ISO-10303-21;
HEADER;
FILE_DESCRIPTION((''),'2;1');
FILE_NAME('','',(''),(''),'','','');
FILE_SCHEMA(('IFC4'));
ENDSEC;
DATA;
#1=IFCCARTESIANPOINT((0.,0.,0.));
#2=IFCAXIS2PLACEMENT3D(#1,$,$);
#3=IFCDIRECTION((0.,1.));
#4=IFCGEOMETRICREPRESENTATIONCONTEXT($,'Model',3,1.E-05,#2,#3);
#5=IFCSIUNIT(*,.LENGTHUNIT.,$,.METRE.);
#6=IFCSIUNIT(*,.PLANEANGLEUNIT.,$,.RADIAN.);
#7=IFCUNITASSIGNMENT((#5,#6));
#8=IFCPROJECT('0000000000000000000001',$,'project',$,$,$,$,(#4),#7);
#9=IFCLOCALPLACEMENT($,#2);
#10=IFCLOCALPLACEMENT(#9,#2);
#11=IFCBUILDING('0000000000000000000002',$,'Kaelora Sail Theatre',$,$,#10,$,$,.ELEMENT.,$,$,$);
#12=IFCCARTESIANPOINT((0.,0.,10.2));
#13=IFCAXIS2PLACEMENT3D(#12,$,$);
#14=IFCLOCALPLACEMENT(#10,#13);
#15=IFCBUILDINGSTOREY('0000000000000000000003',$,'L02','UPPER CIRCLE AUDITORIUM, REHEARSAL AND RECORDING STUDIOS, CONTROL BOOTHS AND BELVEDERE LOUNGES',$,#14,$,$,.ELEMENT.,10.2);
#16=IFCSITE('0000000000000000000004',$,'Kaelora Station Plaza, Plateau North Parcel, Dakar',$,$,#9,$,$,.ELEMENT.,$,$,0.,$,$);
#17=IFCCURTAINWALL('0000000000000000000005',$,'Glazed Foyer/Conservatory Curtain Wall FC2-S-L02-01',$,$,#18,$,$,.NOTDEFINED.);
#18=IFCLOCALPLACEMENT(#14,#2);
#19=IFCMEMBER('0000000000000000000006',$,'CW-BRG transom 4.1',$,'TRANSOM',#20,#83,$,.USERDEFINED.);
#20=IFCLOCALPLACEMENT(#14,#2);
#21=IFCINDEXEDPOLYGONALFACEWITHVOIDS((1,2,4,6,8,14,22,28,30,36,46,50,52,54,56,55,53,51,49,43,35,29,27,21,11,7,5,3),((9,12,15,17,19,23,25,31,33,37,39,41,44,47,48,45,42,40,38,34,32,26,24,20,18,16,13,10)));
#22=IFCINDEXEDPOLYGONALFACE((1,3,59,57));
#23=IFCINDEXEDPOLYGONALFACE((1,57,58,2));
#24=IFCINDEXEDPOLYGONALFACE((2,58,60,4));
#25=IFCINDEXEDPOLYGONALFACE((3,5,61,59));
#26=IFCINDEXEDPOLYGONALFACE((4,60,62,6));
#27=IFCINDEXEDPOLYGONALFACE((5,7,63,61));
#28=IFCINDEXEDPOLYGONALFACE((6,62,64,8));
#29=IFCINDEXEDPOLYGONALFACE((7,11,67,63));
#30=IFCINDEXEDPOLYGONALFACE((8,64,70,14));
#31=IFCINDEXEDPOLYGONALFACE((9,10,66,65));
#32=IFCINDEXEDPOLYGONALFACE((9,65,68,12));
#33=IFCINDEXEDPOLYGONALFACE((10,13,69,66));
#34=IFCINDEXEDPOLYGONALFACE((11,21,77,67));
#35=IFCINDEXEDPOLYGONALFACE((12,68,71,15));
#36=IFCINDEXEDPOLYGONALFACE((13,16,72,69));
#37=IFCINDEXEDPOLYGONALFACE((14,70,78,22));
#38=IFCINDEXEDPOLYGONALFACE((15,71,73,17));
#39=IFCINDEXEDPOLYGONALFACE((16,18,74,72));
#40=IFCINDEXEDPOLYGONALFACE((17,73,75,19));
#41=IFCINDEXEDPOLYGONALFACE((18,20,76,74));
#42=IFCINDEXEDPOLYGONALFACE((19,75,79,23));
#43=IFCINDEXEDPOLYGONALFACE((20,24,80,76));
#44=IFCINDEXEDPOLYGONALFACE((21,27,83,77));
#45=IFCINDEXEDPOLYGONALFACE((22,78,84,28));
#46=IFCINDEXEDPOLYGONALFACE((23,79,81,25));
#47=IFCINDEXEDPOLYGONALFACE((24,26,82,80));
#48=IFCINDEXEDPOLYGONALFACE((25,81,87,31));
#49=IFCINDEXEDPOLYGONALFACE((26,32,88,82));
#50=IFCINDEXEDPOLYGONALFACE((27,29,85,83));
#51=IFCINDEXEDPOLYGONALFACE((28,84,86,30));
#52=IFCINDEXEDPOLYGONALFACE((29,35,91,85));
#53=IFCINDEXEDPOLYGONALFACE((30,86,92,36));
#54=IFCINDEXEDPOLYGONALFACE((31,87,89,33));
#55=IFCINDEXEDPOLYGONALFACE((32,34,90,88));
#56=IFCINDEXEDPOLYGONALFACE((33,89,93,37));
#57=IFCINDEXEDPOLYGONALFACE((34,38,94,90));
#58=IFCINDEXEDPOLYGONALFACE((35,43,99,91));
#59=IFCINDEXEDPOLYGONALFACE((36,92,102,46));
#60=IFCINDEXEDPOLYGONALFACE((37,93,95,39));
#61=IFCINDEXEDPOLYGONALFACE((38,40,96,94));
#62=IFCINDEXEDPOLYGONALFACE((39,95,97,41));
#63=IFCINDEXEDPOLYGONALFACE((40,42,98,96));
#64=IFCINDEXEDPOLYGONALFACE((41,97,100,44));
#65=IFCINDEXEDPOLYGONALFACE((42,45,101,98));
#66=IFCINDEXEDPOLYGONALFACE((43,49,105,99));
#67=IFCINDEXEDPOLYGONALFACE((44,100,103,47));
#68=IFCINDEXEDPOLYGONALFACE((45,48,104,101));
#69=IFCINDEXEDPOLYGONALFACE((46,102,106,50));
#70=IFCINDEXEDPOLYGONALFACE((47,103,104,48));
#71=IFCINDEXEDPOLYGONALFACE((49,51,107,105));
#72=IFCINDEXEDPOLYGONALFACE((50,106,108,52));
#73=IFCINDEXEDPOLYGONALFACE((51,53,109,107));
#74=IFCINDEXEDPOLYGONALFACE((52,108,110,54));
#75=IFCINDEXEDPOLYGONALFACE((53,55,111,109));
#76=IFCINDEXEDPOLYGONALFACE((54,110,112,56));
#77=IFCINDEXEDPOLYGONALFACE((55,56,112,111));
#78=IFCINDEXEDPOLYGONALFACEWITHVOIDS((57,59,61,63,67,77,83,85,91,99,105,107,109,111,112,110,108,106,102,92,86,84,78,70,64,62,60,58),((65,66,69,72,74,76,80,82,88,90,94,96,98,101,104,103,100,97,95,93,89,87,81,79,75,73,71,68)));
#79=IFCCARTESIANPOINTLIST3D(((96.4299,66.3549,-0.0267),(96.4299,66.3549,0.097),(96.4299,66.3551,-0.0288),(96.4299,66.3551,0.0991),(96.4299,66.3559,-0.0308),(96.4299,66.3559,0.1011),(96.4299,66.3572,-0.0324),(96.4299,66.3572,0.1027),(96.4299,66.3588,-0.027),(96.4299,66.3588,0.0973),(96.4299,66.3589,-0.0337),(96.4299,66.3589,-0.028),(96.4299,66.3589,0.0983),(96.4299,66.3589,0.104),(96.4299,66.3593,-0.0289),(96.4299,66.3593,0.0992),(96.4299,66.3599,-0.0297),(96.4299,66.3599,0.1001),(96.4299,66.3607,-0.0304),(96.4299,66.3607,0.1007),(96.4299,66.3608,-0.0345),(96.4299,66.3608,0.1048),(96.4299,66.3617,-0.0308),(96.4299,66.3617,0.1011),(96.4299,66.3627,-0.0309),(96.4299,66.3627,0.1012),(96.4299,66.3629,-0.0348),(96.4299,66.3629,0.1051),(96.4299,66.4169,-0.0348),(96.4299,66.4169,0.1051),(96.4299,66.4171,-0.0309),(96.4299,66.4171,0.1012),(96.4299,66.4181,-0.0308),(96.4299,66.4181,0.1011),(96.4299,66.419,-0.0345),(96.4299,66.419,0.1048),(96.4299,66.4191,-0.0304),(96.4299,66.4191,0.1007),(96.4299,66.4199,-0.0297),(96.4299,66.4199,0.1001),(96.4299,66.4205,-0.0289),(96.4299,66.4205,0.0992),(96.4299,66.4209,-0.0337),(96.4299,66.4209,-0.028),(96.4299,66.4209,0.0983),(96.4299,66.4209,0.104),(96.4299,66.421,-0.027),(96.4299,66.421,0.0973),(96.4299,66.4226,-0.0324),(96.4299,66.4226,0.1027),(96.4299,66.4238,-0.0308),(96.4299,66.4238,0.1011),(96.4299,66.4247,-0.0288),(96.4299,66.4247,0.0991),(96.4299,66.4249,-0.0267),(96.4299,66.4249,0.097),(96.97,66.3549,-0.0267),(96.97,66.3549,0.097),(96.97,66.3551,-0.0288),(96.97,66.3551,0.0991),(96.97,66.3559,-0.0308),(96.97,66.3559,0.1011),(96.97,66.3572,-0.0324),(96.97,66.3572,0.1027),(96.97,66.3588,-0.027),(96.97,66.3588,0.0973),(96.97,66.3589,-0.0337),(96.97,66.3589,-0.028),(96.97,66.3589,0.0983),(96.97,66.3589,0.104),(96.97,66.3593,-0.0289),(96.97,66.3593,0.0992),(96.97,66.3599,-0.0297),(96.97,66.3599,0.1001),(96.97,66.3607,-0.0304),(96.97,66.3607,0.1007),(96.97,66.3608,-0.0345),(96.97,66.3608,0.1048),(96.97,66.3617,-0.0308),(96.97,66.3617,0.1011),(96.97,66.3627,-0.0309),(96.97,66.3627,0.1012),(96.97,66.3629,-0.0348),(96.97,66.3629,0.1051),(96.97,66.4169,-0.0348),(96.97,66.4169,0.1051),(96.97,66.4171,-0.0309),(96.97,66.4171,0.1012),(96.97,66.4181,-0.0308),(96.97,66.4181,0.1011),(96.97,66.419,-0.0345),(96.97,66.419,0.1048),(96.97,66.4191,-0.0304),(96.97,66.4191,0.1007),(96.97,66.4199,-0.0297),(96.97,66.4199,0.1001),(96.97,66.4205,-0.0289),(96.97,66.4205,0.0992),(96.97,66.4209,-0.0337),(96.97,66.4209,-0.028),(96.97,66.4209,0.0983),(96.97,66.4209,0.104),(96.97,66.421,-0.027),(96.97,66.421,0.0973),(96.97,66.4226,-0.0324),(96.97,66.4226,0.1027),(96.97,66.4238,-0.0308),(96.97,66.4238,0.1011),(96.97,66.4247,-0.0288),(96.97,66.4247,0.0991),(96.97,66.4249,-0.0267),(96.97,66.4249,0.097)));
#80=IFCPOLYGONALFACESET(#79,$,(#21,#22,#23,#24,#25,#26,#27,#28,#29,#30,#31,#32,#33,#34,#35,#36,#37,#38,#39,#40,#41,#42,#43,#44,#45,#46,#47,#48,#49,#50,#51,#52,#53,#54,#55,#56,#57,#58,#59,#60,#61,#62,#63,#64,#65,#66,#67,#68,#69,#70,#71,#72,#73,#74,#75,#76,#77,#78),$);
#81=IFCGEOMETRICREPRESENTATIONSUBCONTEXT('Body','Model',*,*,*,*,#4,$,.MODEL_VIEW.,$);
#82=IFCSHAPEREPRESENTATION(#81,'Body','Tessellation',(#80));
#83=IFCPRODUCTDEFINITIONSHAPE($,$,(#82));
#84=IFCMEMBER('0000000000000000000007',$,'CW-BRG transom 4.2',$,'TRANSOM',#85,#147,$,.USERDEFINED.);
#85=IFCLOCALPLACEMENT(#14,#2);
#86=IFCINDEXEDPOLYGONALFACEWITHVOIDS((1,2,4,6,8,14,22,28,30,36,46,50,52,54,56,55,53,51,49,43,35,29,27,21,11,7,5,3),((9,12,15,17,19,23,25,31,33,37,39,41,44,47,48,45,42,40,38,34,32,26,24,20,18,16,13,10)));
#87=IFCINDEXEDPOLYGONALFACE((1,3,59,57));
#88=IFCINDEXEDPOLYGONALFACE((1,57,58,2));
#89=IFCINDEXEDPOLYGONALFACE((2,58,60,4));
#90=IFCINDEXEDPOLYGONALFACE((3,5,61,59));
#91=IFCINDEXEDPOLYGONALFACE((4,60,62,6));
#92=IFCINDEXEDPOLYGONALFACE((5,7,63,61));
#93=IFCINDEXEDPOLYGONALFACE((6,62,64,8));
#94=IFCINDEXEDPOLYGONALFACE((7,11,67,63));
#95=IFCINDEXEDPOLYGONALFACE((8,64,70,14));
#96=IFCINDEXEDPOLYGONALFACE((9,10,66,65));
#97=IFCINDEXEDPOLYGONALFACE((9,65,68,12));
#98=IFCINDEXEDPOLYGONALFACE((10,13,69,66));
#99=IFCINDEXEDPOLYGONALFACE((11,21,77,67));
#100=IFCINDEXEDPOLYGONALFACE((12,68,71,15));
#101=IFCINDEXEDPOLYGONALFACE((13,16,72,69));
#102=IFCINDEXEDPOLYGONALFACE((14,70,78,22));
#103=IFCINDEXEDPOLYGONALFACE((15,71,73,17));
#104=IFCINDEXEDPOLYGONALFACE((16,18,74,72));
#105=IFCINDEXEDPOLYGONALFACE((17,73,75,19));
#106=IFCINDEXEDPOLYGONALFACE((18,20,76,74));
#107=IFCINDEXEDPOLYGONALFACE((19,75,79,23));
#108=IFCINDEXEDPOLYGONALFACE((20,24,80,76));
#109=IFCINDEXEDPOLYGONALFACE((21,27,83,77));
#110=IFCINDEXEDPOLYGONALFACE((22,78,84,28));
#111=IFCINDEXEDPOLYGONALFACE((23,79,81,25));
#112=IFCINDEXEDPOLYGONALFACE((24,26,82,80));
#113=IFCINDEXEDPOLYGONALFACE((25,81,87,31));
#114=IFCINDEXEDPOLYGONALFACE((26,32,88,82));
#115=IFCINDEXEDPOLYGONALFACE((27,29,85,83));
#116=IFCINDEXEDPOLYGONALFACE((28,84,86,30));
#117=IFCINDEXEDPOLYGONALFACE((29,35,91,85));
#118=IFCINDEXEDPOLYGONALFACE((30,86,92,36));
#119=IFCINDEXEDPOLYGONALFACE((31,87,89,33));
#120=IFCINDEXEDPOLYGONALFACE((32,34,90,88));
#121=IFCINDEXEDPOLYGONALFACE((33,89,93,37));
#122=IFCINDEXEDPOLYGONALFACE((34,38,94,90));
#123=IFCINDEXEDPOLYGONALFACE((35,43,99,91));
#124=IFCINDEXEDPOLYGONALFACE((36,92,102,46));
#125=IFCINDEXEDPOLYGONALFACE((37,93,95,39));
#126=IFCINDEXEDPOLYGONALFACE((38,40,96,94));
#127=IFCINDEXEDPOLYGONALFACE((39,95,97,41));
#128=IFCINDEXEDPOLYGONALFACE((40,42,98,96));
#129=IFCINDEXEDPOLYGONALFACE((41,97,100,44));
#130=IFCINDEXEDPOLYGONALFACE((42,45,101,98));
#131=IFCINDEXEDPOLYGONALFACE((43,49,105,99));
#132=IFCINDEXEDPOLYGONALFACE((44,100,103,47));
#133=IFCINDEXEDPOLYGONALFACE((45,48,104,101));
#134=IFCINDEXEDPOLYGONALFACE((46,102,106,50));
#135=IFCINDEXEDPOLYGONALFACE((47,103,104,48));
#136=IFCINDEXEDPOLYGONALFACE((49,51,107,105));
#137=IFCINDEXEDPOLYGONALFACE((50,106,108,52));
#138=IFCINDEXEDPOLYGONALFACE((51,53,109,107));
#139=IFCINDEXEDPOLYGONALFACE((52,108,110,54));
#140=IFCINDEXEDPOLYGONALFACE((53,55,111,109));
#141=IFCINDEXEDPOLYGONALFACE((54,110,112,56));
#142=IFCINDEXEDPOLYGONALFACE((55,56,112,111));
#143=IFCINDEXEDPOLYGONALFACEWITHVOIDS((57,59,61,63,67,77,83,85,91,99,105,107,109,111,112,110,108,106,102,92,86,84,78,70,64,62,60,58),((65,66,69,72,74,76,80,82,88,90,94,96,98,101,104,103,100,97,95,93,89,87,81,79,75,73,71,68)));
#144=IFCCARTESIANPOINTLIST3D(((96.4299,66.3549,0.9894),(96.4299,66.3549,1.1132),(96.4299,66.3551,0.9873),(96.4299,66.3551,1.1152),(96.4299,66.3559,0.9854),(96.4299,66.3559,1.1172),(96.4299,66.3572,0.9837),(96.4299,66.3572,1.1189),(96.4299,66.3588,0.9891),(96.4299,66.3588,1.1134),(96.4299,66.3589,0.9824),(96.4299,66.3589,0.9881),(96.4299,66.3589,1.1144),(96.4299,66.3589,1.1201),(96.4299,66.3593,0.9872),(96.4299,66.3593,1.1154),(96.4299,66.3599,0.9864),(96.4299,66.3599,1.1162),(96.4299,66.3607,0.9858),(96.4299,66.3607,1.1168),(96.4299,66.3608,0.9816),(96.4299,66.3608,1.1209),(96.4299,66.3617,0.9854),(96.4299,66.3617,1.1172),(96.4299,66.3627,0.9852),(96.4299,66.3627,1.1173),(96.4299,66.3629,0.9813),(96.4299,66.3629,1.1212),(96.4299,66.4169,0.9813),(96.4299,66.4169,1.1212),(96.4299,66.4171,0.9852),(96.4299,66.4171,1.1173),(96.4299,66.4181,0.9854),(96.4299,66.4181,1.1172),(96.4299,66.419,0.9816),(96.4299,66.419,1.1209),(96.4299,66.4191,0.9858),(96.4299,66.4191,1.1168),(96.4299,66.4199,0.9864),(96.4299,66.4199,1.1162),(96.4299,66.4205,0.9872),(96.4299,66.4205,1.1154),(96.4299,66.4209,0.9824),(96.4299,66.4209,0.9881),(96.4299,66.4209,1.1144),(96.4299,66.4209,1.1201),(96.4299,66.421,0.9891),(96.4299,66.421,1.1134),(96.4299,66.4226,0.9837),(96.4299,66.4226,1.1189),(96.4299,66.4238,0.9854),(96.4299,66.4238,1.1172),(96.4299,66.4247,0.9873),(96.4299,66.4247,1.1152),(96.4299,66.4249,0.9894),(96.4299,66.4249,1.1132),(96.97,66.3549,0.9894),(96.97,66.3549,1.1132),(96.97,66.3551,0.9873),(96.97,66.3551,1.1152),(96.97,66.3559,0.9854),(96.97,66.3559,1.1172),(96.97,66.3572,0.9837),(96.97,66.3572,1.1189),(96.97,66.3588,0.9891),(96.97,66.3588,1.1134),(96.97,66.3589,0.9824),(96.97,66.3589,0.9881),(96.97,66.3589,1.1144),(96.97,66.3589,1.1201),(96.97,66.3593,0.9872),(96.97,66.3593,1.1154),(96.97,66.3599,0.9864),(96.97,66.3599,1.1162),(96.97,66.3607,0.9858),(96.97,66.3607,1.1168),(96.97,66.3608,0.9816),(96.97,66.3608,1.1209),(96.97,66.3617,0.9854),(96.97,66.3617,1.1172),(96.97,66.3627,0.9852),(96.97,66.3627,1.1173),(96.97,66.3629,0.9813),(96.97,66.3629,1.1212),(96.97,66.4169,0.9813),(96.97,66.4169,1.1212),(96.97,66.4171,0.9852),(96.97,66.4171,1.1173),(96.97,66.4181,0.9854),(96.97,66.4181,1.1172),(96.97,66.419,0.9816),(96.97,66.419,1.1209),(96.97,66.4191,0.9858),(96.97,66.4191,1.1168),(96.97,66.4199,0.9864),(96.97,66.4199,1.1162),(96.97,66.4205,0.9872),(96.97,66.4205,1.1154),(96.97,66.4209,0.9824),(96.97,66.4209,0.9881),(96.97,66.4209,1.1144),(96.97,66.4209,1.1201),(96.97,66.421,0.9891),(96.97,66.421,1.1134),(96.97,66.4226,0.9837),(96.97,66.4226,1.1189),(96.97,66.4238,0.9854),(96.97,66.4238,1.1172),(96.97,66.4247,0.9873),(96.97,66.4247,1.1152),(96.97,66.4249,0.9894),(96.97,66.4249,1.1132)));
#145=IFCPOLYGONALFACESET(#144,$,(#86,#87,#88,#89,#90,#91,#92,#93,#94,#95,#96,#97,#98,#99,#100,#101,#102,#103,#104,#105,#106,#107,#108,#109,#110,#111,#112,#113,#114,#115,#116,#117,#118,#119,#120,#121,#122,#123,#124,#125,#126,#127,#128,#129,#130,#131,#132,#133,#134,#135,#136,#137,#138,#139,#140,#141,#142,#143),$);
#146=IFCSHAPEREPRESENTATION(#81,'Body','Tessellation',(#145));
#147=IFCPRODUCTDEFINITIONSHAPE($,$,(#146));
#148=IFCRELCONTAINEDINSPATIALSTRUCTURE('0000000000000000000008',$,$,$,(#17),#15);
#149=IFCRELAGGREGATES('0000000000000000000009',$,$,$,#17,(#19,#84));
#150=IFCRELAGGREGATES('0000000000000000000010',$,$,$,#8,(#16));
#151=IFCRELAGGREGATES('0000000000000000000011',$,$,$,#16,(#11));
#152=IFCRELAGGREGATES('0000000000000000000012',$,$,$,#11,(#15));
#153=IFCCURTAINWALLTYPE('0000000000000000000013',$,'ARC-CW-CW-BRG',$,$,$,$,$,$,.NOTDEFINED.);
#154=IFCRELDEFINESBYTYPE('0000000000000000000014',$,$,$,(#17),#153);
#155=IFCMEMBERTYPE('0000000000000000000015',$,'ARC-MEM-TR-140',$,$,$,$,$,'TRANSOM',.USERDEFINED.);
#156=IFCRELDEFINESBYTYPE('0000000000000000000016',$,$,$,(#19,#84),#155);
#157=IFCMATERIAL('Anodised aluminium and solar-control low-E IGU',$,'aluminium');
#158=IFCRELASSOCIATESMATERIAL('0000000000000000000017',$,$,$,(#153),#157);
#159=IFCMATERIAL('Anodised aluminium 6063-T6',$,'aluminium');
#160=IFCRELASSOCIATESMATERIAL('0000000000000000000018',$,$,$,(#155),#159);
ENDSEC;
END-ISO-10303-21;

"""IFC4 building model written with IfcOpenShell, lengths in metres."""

from ifc_helpers import new_model, si_unit, direction, frame, origin, origin_2d, place, context, subcontext, project, spatial, hollow_rectangle, extrude, material, material_profile, profile_set, type_object, element, aggregate, save


model = new_model("IFC4")

# Units and contexts
model_context = context("Model", 3, precision=1e-05, world=origin(), true_north=direction((0.0, 1.0)))
body_context = subcontext(model_context, "Body", "Model", "MODEL_VIEW")
ifc_project = project(units=[si_unit("LENGTHUNIT", "METRE"), si_unit("PLANEANGLEUNIT", "RADIAN")], contexts=[model_context])

# Site, building, storey
site_placement = place(None, origin())
site = spatial("IfcSite", under=ifc_project, at=site_placement, Name="Kaelora Station Plaza, Plateau North Parcel, Dakar", CompositionType="ELEMENT", RefElevation=0.0)
building_placement = place(site_placement, origin())
building = spatial("IfcBuilding", under=site, at=building_placement, Name="Kaelora Sail Theatre", CompositionType="ELEMENT")
storey_placement = place(building_placement, frame((0.0, 0.0, 10.2)))
storey = spatial("IfcBuildingStorey", under=building, at=storey_placement, Name="L02", Description="UPPER CIRCLE AUDITORIUM, REHEARSAL AND RECORDING STUDIOS, CONTROL BOOTHS AND BELVEDERE LOUNGES", CompositionType="ELEMENT", Elevation=10.2)

# Curtain wall, members
ifc_material_1 = material(Name="Anodised aluminium and solar-control low-E IGU", Category="aluminium")
curtain_wall_type = type_object("IfcCurtainWallType", Name="ARC-CW-CW-BRG", PredefinedType="NOTDEFINED", material=ifc_material_1)
curtain_wall_placement = place(storey_placement, origin())
curtain_wall = element("IfcCurtainWall", 1, at=curtain_wall_placement, inside=storey, type_object=curtain_wall_type, Name="Glazed Foyer/Conservatory Curtain Wall FC2-S-L02-01", PredefinedType="NOTDEFINED")
ifc_material_2 = material(Name="Anodised aluminium 6063-T6", Category="aluminium")
ifc_material_profile_1 = material_profile(ifc_material_2, hollow_rectangle(XDim=0.0701, YDim=0.1399, WallThickness=0.0039, InnerFilletRadius=0.0039, OuterFilletRadius=0.0081, at=origin_2d()), Name="ALU-TRAN 70x140x4")
ifc_profile_set_1 = profile_set([ifc_material_profile_1], Name="Anodised aluminium 6063-T6")
member_type_1 = type_object("IfcMemberType", Name="ARC-MEM-TR-140", ElementType="TRANSOM", PredefinedType="USERDEFINED", material=ifc_profile_set_1)
member_1_placement = place(storey_placement, frame((96.4299, 66.3899, 0.0352), z_axis=(1.0, 0.0, 0.0), x_axis=(0.0, 1.0, 0.0)))
member_1 = element("IfcMember", 2, at=member_1_placement, type_object=member_type_1, Name="CW-BRG transom 4.1", ObjectType="TRANSOM", PredefinedType="USERDEFINED", context=body_context, shape_type="SweptSolid", body=[
    extrude(hollow_rectangle(XDim=0.0701, YDim=0.1399, WallThickness=0.0039, InnerFilletRadius=0.0039, OuterFilletRadius=0.0081, at=origin_2d()), origin(), (0.0, 0.0, 1.0), 0.54),
])
member_2_placement = place(storey_placement, frame((96.4299, 66.3899, 1.0513), z_axis=(1.0, 0.0, 0.0), x_axis=(0.0, 1.0, 0.0)))
member_2 = element("IfcMember", 3, at=member_2_placement, type_object=member_type_1, Name="CW-BRG transom 4.2", ObjectType="TRANSOM", PredefinedType="USERDEFINED", context=body_context, shape_type="SweptSolid", body=[
    extrude(hollow_rectangle(XDim=0.0701, YDim=0.1399, WallThickness=0.0039, InnerFilletRadius=0.0039, OuterFilletRadius=0.0081, at=origin_2d()), origin(), (0.0, 0.0, 1.0), 0.54),
])
aggregate(curtain_wall, [member_1, member_2])

save(model, "model.ifc")
